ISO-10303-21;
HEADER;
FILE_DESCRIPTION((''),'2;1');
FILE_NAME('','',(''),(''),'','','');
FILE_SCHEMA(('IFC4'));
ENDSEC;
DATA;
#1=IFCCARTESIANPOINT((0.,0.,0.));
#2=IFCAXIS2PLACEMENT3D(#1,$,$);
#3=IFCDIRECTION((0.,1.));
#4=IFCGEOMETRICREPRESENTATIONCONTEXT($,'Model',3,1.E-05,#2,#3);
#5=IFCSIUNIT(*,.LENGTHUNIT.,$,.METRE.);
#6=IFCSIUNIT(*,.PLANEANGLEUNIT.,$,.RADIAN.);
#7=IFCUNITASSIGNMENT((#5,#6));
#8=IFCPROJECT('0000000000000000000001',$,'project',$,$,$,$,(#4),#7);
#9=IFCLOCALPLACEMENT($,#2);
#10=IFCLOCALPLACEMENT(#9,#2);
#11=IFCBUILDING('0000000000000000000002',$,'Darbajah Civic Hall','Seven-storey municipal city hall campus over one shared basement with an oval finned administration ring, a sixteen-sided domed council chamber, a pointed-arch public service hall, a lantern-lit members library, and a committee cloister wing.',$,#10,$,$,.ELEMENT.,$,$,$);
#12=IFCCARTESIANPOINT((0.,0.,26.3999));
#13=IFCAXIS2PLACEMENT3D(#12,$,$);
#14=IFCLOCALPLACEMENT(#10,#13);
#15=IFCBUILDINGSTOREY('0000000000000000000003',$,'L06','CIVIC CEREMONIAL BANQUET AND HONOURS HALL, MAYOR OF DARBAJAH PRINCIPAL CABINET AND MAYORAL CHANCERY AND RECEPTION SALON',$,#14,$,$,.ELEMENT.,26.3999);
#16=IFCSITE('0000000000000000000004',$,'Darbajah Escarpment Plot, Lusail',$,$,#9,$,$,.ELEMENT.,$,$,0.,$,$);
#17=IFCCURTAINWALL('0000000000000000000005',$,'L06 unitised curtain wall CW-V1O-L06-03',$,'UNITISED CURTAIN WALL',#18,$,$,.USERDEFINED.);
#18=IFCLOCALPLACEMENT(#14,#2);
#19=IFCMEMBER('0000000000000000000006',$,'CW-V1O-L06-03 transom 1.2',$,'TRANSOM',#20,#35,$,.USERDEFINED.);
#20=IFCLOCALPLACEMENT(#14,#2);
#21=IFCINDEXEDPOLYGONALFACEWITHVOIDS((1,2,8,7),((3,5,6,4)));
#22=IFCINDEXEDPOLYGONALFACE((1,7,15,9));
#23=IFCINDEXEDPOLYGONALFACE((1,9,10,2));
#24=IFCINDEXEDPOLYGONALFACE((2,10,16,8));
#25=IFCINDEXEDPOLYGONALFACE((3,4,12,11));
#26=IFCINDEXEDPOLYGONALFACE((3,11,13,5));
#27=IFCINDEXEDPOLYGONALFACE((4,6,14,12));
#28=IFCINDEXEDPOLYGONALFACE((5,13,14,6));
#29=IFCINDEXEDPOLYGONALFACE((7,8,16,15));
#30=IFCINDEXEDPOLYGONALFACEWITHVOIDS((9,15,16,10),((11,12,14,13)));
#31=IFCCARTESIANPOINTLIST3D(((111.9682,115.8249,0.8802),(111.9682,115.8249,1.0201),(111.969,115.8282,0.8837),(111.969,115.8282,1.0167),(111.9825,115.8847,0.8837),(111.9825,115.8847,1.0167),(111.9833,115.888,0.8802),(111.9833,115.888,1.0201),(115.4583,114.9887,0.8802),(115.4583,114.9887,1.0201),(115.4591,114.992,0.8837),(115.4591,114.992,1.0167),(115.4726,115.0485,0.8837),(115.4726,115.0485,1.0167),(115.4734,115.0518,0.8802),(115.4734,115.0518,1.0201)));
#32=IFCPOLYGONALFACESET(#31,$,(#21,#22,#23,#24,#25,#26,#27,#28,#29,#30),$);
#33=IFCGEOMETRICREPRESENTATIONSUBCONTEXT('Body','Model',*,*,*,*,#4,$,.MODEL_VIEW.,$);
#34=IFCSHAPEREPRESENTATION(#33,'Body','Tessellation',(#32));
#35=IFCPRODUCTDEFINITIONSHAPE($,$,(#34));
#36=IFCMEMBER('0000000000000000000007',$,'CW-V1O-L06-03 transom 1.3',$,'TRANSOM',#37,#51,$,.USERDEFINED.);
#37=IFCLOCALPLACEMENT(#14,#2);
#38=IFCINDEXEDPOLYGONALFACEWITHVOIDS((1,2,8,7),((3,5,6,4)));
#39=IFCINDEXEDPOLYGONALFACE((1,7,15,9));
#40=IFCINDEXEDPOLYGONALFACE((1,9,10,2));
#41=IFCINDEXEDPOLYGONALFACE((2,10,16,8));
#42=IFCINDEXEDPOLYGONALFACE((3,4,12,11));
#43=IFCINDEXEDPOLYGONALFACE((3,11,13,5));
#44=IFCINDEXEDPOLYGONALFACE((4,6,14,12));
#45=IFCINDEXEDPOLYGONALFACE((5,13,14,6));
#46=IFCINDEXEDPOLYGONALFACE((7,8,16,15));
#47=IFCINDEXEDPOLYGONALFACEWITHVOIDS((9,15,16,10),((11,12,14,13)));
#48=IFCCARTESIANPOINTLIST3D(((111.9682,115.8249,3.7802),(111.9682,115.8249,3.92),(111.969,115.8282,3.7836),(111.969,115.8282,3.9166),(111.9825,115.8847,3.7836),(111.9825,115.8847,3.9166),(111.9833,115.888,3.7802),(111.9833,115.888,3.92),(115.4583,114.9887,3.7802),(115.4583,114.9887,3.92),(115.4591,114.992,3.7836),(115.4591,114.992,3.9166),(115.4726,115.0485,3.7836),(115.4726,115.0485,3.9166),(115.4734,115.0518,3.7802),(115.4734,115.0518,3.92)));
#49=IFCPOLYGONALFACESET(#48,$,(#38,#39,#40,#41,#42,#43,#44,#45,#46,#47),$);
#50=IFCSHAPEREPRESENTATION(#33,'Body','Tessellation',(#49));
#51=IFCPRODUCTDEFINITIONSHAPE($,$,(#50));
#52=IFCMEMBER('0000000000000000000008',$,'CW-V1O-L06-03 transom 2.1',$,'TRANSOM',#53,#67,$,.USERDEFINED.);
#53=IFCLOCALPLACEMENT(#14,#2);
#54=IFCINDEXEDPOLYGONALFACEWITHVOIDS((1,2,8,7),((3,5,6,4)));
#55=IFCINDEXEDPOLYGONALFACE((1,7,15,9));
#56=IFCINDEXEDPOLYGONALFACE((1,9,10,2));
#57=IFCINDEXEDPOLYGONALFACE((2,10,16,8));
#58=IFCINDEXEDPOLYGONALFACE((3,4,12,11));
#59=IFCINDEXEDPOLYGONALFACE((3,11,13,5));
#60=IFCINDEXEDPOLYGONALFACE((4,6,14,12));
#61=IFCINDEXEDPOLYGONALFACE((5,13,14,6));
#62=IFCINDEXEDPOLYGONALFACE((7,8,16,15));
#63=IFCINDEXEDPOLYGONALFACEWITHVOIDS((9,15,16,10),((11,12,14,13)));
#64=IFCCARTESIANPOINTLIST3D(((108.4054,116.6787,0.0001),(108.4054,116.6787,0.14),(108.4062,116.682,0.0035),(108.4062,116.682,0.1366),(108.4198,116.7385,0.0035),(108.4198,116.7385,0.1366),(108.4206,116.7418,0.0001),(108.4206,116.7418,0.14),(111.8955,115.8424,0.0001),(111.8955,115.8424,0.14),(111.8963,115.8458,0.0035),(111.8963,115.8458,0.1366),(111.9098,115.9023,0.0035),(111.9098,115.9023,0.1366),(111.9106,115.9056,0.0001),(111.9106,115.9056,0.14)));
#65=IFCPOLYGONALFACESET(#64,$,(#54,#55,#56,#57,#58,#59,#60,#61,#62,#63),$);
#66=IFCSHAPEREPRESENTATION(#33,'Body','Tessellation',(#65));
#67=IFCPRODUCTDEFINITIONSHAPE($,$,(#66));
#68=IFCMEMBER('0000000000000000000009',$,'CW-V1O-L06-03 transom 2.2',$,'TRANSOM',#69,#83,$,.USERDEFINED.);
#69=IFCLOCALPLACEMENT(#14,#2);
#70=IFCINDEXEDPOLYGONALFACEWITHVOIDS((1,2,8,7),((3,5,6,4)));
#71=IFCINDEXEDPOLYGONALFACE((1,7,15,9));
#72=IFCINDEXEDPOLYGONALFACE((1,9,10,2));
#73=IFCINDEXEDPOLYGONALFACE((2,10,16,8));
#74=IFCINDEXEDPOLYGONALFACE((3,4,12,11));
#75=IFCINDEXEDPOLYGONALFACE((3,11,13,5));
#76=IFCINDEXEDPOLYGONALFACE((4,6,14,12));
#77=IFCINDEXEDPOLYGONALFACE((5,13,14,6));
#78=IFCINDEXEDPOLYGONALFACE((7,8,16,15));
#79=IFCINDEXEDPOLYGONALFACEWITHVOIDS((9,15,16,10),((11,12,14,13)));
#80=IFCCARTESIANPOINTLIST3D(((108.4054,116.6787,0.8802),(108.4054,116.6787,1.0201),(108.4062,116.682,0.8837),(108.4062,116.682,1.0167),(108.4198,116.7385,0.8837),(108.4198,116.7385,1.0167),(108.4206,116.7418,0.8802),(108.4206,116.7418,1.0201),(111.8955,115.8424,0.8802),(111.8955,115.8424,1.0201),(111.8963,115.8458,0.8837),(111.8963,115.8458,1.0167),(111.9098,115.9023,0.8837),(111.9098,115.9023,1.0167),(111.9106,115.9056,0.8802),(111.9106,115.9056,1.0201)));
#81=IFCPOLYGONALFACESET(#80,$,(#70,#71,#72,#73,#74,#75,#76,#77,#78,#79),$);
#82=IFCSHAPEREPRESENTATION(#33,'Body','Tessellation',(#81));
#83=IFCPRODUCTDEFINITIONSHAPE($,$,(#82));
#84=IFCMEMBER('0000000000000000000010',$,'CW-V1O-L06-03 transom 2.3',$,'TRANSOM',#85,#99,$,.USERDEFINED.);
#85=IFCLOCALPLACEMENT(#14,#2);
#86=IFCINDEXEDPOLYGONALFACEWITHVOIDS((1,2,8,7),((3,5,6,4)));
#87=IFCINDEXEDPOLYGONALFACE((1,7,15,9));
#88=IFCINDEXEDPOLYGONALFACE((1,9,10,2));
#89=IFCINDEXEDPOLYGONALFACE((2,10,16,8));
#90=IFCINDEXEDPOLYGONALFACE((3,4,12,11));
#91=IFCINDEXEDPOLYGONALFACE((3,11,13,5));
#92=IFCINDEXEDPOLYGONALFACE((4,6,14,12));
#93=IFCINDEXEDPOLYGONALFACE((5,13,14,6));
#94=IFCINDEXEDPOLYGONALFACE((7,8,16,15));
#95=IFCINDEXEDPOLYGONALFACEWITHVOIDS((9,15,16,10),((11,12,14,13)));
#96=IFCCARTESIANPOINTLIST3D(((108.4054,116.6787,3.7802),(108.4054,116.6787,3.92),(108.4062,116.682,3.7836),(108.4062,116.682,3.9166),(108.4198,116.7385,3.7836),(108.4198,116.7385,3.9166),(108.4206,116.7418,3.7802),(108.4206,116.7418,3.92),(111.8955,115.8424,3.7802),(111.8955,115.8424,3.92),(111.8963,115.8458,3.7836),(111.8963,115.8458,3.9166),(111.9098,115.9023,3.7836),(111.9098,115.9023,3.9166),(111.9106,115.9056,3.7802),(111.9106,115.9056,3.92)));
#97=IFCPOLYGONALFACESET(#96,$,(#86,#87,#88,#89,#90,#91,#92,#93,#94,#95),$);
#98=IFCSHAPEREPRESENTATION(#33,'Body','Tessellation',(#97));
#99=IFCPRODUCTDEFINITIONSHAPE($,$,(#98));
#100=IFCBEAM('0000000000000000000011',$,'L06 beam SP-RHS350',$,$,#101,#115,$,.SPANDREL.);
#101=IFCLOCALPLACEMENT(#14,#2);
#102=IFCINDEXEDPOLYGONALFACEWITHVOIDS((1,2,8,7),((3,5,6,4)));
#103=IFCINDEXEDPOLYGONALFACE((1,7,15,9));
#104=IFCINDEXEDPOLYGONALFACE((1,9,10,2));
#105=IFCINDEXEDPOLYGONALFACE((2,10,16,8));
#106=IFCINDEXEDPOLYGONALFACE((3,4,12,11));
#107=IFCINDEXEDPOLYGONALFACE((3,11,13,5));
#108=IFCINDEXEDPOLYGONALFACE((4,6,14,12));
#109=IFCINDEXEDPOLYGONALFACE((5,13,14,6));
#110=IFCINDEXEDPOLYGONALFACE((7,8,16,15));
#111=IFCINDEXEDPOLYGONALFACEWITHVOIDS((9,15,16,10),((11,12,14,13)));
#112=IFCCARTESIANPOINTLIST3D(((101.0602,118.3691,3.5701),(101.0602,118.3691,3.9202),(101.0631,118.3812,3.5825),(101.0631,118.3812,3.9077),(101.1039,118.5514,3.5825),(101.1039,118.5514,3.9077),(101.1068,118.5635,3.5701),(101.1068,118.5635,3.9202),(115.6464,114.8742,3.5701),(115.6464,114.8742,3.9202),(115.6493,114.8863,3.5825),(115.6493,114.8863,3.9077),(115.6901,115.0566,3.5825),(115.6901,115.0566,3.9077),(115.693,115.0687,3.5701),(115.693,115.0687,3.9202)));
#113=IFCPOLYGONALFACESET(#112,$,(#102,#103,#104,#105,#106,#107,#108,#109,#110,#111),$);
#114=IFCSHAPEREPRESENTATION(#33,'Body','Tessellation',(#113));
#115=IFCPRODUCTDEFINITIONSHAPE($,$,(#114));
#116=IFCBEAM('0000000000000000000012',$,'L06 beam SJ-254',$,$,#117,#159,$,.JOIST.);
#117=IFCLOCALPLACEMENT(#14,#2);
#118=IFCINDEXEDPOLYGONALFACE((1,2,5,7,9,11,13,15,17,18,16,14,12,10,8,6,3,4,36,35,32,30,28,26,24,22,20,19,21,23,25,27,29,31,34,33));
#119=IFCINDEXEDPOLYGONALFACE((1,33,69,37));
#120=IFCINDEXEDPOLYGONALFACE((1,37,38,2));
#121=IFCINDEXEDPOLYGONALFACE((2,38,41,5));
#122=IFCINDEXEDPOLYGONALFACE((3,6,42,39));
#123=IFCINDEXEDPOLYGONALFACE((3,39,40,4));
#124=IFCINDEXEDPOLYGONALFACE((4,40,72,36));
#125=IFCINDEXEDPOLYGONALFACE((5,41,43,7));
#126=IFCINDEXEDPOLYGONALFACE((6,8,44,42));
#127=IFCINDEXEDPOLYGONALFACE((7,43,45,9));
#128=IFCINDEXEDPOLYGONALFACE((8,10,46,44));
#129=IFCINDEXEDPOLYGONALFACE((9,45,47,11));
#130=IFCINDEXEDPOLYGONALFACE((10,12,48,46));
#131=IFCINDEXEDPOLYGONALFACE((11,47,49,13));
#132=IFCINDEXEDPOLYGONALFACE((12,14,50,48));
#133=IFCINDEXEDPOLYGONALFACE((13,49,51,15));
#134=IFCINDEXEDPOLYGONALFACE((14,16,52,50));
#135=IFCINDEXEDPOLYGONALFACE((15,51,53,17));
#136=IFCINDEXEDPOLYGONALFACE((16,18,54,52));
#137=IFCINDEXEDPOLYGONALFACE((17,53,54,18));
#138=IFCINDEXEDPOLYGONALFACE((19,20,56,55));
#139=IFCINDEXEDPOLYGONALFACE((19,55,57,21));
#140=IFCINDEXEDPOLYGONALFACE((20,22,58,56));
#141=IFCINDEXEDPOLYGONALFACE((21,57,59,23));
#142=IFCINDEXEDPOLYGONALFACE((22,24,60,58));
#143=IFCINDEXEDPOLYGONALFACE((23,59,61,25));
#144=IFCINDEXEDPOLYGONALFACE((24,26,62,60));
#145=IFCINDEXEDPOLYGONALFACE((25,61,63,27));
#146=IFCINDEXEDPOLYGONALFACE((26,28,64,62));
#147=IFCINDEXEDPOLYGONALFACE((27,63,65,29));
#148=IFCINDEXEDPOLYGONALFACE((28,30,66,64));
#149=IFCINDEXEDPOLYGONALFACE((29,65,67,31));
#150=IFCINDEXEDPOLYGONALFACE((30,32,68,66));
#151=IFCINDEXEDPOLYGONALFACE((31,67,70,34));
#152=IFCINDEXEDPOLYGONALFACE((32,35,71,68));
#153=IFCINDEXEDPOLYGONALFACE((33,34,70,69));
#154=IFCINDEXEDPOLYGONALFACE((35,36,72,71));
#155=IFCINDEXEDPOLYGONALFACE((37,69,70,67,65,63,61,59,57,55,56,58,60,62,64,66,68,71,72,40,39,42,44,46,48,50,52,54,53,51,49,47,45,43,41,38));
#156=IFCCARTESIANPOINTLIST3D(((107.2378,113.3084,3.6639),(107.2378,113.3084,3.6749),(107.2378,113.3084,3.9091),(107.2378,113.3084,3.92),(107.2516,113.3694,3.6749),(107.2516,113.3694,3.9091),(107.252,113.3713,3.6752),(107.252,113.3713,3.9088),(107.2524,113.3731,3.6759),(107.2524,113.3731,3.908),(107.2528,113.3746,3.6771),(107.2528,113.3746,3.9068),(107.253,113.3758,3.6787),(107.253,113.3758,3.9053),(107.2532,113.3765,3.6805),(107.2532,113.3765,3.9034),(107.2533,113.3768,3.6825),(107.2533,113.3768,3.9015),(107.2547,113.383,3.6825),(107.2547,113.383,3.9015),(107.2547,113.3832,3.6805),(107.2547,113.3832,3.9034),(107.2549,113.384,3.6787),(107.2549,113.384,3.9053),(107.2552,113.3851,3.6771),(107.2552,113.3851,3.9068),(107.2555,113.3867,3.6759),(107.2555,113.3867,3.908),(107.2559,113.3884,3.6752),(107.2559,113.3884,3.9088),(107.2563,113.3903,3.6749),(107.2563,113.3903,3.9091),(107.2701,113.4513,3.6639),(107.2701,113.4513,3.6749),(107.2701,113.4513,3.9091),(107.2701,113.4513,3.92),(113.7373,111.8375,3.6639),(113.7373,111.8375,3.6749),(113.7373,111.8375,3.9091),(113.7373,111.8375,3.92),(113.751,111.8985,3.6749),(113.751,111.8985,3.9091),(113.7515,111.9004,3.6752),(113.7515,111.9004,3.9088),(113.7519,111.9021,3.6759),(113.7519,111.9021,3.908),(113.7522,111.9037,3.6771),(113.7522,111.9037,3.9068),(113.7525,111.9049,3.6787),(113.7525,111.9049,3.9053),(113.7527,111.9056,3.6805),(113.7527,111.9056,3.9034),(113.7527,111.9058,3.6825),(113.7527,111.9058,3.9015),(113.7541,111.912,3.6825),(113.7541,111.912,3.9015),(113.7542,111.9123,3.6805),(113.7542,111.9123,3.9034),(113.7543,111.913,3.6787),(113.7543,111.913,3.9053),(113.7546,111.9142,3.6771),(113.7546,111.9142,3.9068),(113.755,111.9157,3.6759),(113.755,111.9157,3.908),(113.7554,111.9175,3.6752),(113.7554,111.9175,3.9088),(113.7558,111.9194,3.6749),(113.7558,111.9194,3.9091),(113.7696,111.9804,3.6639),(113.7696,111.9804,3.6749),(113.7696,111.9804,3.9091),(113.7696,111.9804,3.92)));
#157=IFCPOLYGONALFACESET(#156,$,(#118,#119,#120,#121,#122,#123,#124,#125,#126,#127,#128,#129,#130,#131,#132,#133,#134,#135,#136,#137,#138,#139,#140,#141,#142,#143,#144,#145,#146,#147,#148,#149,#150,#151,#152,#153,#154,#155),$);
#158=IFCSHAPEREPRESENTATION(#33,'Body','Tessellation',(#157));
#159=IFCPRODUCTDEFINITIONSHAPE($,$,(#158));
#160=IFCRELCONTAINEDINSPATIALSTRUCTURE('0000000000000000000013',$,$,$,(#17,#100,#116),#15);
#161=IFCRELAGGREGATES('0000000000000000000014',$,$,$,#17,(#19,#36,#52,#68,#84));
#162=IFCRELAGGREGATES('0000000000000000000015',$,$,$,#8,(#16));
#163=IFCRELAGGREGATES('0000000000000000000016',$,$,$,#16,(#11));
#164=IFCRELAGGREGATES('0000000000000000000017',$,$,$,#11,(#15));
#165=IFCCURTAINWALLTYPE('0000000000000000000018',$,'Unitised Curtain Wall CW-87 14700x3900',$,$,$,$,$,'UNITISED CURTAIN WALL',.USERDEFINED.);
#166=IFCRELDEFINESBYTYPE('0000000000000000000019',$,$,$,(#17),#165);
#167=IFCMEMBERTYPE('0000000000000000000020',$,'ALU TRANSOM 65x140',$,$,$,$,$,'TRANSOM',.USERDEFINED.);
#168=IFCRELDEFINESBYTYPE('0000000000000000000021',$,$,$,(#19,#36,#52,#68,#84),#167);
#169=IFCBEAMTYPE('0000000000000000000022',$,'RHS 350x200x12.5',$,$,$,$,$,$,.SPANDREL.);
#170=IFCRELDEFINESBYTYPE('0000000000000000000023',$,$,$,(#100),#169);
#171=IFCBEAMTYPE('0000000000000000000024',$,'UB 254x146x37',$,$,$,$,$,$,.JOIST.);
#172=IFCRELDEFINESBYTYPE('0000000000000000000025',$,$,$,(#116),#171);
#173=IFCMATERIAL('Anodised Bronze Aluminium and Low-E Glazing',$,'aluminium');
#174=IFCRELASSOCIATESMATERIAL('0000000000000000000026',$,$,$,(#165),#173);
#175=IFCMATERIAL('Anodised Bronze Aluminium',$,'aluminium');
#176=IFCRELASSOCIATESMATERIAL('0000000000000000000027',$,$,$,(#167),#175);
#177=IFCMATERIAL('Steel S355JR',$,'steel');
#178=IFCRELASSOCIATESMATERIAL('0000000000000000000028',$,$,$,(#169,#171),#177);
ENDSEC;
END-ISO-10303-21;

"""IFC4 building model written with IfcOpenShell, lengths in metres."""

from ifc_helpers import new_model, si_unit, direction, frame, origin, origin_2d, place, context, subcontext, project, spatial, hollow_rectangle, i_section, extrude, material, material_profile, profile_set, type_object, element, aggregate, save


model = new_model("IFC4")

# Units and contexts
model_context = context("Model", 3, precision=1e-05, world=origin(), true_north=direction((0.0, 1.0)))
body_context = subcontext(model_context, "Body", "Model", "MODEL_VIEW")
ifc_project = project(units=[si_unit("LENGTHUNIT", "METRE"), si_unit("PLANEANGLEUNIT", "RADIAN")], contexts=[model_context])

# Site, building, storey
site_placement = place(None, origin())
site = spatial("IfcSite", under=ifc_project, at=site_placement, Name="Darbajah Escarpment Plot, Lusail", CompositionType="ELEMENT", RefElevation=0.0)
building_placement = place(site_placement, origin())
building = spatial("IfcBuilding", under=site, at=building_placement, Name="Darbajah Civic Hall", Description="Seven-storey municipal city hall campus over one shared basement with an oval finned administration ring, a sixteen-sided domed council chamber, a pointed-arch public service hall, a lantern-lit members library, and a committee cloister wing.", CompositionType="ELEMENT")
storey_placement = place(building_placement, frame((0.0, 0.0, 26.3999)))
storey = spatial("IfcBuildingStorey", under=building, at=storey_placement, Name="L06", Description="CIVIC CEREMONIAL BANQUET AND HONOURS HALL, MAYOR OF DARBAJAH PRINCIPAL CABINET AND MAYORAL CHANCERY AND RECEPTION SALON", CompositionType="ELEMENT", Elevation=26.3999)

# Shared definitions
ifc_material_1 = material(Name="Anodised Bronze Aluminium and Low-E Glazing", Category="aluminium")
ifc_material_2 = material(Name="Anodised Bronze Aluminium", Category="aluminium")

# Curtain wall
curtain_wall_type_1 = type_object("IfcCurtainWallType", Name="Unitised Curtain Wall CW-87 14700x3900", ElementType="UNITISED CURTAIN WALL", PredefinedType="USERDEFINED", material=ifc_material_1)
curtain_wall_1_placement = place(storey_placement, origin())
curtain_wall_1 = element("IfcCurtainWall", 1, at=curtain_wall_1_placement, inside=storey, type_object=curtain_wall_type_1, Name="L06 unitised curtain wall CW-V1O-L06-03", ObjectType="UNITISED CURTAIN WALL", PredefinedType="USERDEFINED")

# Members
ifc_material_profile_1 = material_profile(ifc_material_2, hollow_rectangle(XDim=0.0649, YDim=0.1399, WallThickness=0.0034, at=origin_2d()), Name="ALU TRANSOM 65x140")
ifc_profile_set_1 = profile_set([ifc_material_profile_1], Name="Anodised Bronze Aluminium")
member_type_1 = type_object("IfcMemberType", Name="ALU TRANSOM 65x140", ElementType="TRANSOM", PredefinedType="USERDEFINED", material=ifc_profile_set_1)
member_1_placement = place(storey_placement, frame((115.4658, 115.0203, 0.9502), z_axis=(-0.972477, 0.233, 0.0), x_axis=(-0.233, -0.972477, 0.0)))
member_1 = element("IfcMember", 2, at=member_1_placement, type_object=member_type_1, Name="CW-V1O-L06-03 transom 1.2", ObjectType="TRANSOM", PredefinedType="USERDEFINED", context=body_context, shape_type="SweptSolid", body=[
    extrude(hollow_rectangle(XDim=0.0649, YDim=0.1399, WallThickness=0.0034, at=origin_2d()), origin(), (0.0, 0.0, 1.0), 3.5889),
])
member_2_placement = place(storey_placement, frame((115.4658, 115.0203, 3.8501), z_axis=(-0.972477, 0.233, 0.0), x_axis=(-0.233, -0.972477, 0.0)))
member_2 = element("IfcMember", 3, at=member_2_placement, type_object=member_type_1, Name="CW-V1O-L06-03 transom 1.3", ObjectType="TRANSOM", PredefinedType="USERDEFINED", context=body_context, shape_type="SweptSolid", body=[
    extrude(hollow_rectangle(XDim=0.0649, YDim=0.1399, WallThickness=0.0034, at=origin_2d()), origin(), (0.0, 0.0, 1.0), 3.5889),
])
member_3_placement = place(storey_placement, frame((111.9031, 115.874, 0.0701), z_axis=(-0.972477, 0.233, 0.0), x_axis=(-0.233, -0.972477, 0.0)))
member_3 = element("IfcMember", 4, at=member_3_placement, type_object=member_type_1, Name="CW-V1O-L06-03 transom 2.1", ObjectType="TRANSOM", PredefinedType="USERDEFINED", context=body_context, shape_type="SweptSolid", body=[
    extrude(hollow_rectangle(XDim=0.0649, YDim=0.1399, WallThickness=0.0034, at=origin_2d()), origin(), (0.0, 0.0, 1.0), 3.5889),
])
member_4_placement = place(storey_placement, frame((111.9031, 115.874, 0.9502), z_axis=(-0.972477, 0.233, 0.0), x_axis=(-0.233, -0.972477, 0.0)))
member_4 = element("IfcMember", 5, at=member_4_placement, type_object=member_type_1, Name="CW-V1O-L06-03 transom 2.2", ObjectType="TRANSOM", PredefinedType="USERDEFINED", context=body_context, shape_type="SweptSolid", body=[
    extrude(hollow_rectangle(XDim=0.0649, YDim=0.1399, WallThickness=0.0034, at=origin_2d()), origin(), (0.0, 0.0, 1.0), 3.5889),
])
member_5_placement = place(storey_placement, frame((111.9031, 115.874, 3.8501), z_axis=(-0.972477, 0.233, 0.0), x_axis=(-0.233, -0.972477, 0.0)))
member_5 = element("IfcMember", 6, at=member_5_placement, type_object=member_type_1, Name="CW-V1O-L06-03 transom 2.3", ObjectType="TRANSOM", PredefinedType="USERDEFINED", context=body_context, shape_type="SweptSolid", body=[
    extrude(hollow_rectangle(XDim=0.0649, YDim=0.1399, WallThickness=0.0034, at=origin_2d()), origin(), (0.0, 0.0, 1.0), 3.5889),
])

# Beams
ifc_material_3 = material(Name="Steel S355JR", Category="steel")
ifc_material_profile_2 = material_profile(ifc_material_3, hollow_rectangle(XDim=0.2, YDim=0.3501, WallThickness=0.0125, at=origin_2d()), Name="RHS 350x200x12.5")
ifc_profile_set_2 = profile_set([ifc_material_profile_2], Name="Steel S355JR")
beam_type_1 = type_object("IfcBeamType", Name="RHS 350x200x12.5", PredefinedType="SPANDREL", material=ifc_profile_set_2)
beam_1_placement = place(storey_placement, frame((115.6697, 114.9714, 3.7451), z_axis=(-0.972475, 0.233007, 0.0), x_axis=(-0.233007, -0.972475, 0.0)))
element("IfcBeam", 7, at=beam_1_placement, inside=storey, type_object=beam_type_1, Name="L06 beam SP-RHS350", PredefinedType="SPANDREL", context=body_context, shape_type="SweptSolid", body=[
    extrude(hollow_rectangle(XDim=0.2, YDim=0.3501, WallThickness=0.0125, at=origin_2d()), origin(), (0.0, 0.0, 1.0), 14.999),
])
ifc_material_profile_3 = material_profile(ifc_material_3, i_section(OverallWidth=0.1465, OverallDepth=0.2561, WebThickness=0.0063, FlangeThickness=0.011, FilletRadius=0.0076, at=origin_2d()), Name="UB 254x146x37")
ifc_profile_set_3 = profile_set([ifc_material_profile_3], Name="Steel S355JR")
beam_type_2 = type_object("IfcBeamType", Name="UB 254x146x37", PredefinedType="JOIST", material=ifc_profile_set_3)
beam_2_placement = place(storey_placement, frame((113.7534, 111.9089, 3.792), z_axis=(-0.975334, 0.220734, 0.0), x_axis=(-0.220734, -0.975334, 0.0)))
element("IfcBeam", 8, at=beam_2_placement, inside=storey, type_object=beam_type_2, Name="L06 beam SJ-254", PredefinedType="JOIST", context=body_context, shape_type="SweptSolid", body=[
    extrude(i_section(OverallWidth=0.1465, OverallDepth=0.2561, WebThickness=0.0063, FlangeThickness=0.011, FilletRadius=0.0076, at=origin_2d()), origin(), (0.0, 0.0, 1.0), 6.6638),
])

aggregate(curtain_wall_1, [member_1, member_2, member_3, member_4, member_5])

save(model, "model.ifc")
